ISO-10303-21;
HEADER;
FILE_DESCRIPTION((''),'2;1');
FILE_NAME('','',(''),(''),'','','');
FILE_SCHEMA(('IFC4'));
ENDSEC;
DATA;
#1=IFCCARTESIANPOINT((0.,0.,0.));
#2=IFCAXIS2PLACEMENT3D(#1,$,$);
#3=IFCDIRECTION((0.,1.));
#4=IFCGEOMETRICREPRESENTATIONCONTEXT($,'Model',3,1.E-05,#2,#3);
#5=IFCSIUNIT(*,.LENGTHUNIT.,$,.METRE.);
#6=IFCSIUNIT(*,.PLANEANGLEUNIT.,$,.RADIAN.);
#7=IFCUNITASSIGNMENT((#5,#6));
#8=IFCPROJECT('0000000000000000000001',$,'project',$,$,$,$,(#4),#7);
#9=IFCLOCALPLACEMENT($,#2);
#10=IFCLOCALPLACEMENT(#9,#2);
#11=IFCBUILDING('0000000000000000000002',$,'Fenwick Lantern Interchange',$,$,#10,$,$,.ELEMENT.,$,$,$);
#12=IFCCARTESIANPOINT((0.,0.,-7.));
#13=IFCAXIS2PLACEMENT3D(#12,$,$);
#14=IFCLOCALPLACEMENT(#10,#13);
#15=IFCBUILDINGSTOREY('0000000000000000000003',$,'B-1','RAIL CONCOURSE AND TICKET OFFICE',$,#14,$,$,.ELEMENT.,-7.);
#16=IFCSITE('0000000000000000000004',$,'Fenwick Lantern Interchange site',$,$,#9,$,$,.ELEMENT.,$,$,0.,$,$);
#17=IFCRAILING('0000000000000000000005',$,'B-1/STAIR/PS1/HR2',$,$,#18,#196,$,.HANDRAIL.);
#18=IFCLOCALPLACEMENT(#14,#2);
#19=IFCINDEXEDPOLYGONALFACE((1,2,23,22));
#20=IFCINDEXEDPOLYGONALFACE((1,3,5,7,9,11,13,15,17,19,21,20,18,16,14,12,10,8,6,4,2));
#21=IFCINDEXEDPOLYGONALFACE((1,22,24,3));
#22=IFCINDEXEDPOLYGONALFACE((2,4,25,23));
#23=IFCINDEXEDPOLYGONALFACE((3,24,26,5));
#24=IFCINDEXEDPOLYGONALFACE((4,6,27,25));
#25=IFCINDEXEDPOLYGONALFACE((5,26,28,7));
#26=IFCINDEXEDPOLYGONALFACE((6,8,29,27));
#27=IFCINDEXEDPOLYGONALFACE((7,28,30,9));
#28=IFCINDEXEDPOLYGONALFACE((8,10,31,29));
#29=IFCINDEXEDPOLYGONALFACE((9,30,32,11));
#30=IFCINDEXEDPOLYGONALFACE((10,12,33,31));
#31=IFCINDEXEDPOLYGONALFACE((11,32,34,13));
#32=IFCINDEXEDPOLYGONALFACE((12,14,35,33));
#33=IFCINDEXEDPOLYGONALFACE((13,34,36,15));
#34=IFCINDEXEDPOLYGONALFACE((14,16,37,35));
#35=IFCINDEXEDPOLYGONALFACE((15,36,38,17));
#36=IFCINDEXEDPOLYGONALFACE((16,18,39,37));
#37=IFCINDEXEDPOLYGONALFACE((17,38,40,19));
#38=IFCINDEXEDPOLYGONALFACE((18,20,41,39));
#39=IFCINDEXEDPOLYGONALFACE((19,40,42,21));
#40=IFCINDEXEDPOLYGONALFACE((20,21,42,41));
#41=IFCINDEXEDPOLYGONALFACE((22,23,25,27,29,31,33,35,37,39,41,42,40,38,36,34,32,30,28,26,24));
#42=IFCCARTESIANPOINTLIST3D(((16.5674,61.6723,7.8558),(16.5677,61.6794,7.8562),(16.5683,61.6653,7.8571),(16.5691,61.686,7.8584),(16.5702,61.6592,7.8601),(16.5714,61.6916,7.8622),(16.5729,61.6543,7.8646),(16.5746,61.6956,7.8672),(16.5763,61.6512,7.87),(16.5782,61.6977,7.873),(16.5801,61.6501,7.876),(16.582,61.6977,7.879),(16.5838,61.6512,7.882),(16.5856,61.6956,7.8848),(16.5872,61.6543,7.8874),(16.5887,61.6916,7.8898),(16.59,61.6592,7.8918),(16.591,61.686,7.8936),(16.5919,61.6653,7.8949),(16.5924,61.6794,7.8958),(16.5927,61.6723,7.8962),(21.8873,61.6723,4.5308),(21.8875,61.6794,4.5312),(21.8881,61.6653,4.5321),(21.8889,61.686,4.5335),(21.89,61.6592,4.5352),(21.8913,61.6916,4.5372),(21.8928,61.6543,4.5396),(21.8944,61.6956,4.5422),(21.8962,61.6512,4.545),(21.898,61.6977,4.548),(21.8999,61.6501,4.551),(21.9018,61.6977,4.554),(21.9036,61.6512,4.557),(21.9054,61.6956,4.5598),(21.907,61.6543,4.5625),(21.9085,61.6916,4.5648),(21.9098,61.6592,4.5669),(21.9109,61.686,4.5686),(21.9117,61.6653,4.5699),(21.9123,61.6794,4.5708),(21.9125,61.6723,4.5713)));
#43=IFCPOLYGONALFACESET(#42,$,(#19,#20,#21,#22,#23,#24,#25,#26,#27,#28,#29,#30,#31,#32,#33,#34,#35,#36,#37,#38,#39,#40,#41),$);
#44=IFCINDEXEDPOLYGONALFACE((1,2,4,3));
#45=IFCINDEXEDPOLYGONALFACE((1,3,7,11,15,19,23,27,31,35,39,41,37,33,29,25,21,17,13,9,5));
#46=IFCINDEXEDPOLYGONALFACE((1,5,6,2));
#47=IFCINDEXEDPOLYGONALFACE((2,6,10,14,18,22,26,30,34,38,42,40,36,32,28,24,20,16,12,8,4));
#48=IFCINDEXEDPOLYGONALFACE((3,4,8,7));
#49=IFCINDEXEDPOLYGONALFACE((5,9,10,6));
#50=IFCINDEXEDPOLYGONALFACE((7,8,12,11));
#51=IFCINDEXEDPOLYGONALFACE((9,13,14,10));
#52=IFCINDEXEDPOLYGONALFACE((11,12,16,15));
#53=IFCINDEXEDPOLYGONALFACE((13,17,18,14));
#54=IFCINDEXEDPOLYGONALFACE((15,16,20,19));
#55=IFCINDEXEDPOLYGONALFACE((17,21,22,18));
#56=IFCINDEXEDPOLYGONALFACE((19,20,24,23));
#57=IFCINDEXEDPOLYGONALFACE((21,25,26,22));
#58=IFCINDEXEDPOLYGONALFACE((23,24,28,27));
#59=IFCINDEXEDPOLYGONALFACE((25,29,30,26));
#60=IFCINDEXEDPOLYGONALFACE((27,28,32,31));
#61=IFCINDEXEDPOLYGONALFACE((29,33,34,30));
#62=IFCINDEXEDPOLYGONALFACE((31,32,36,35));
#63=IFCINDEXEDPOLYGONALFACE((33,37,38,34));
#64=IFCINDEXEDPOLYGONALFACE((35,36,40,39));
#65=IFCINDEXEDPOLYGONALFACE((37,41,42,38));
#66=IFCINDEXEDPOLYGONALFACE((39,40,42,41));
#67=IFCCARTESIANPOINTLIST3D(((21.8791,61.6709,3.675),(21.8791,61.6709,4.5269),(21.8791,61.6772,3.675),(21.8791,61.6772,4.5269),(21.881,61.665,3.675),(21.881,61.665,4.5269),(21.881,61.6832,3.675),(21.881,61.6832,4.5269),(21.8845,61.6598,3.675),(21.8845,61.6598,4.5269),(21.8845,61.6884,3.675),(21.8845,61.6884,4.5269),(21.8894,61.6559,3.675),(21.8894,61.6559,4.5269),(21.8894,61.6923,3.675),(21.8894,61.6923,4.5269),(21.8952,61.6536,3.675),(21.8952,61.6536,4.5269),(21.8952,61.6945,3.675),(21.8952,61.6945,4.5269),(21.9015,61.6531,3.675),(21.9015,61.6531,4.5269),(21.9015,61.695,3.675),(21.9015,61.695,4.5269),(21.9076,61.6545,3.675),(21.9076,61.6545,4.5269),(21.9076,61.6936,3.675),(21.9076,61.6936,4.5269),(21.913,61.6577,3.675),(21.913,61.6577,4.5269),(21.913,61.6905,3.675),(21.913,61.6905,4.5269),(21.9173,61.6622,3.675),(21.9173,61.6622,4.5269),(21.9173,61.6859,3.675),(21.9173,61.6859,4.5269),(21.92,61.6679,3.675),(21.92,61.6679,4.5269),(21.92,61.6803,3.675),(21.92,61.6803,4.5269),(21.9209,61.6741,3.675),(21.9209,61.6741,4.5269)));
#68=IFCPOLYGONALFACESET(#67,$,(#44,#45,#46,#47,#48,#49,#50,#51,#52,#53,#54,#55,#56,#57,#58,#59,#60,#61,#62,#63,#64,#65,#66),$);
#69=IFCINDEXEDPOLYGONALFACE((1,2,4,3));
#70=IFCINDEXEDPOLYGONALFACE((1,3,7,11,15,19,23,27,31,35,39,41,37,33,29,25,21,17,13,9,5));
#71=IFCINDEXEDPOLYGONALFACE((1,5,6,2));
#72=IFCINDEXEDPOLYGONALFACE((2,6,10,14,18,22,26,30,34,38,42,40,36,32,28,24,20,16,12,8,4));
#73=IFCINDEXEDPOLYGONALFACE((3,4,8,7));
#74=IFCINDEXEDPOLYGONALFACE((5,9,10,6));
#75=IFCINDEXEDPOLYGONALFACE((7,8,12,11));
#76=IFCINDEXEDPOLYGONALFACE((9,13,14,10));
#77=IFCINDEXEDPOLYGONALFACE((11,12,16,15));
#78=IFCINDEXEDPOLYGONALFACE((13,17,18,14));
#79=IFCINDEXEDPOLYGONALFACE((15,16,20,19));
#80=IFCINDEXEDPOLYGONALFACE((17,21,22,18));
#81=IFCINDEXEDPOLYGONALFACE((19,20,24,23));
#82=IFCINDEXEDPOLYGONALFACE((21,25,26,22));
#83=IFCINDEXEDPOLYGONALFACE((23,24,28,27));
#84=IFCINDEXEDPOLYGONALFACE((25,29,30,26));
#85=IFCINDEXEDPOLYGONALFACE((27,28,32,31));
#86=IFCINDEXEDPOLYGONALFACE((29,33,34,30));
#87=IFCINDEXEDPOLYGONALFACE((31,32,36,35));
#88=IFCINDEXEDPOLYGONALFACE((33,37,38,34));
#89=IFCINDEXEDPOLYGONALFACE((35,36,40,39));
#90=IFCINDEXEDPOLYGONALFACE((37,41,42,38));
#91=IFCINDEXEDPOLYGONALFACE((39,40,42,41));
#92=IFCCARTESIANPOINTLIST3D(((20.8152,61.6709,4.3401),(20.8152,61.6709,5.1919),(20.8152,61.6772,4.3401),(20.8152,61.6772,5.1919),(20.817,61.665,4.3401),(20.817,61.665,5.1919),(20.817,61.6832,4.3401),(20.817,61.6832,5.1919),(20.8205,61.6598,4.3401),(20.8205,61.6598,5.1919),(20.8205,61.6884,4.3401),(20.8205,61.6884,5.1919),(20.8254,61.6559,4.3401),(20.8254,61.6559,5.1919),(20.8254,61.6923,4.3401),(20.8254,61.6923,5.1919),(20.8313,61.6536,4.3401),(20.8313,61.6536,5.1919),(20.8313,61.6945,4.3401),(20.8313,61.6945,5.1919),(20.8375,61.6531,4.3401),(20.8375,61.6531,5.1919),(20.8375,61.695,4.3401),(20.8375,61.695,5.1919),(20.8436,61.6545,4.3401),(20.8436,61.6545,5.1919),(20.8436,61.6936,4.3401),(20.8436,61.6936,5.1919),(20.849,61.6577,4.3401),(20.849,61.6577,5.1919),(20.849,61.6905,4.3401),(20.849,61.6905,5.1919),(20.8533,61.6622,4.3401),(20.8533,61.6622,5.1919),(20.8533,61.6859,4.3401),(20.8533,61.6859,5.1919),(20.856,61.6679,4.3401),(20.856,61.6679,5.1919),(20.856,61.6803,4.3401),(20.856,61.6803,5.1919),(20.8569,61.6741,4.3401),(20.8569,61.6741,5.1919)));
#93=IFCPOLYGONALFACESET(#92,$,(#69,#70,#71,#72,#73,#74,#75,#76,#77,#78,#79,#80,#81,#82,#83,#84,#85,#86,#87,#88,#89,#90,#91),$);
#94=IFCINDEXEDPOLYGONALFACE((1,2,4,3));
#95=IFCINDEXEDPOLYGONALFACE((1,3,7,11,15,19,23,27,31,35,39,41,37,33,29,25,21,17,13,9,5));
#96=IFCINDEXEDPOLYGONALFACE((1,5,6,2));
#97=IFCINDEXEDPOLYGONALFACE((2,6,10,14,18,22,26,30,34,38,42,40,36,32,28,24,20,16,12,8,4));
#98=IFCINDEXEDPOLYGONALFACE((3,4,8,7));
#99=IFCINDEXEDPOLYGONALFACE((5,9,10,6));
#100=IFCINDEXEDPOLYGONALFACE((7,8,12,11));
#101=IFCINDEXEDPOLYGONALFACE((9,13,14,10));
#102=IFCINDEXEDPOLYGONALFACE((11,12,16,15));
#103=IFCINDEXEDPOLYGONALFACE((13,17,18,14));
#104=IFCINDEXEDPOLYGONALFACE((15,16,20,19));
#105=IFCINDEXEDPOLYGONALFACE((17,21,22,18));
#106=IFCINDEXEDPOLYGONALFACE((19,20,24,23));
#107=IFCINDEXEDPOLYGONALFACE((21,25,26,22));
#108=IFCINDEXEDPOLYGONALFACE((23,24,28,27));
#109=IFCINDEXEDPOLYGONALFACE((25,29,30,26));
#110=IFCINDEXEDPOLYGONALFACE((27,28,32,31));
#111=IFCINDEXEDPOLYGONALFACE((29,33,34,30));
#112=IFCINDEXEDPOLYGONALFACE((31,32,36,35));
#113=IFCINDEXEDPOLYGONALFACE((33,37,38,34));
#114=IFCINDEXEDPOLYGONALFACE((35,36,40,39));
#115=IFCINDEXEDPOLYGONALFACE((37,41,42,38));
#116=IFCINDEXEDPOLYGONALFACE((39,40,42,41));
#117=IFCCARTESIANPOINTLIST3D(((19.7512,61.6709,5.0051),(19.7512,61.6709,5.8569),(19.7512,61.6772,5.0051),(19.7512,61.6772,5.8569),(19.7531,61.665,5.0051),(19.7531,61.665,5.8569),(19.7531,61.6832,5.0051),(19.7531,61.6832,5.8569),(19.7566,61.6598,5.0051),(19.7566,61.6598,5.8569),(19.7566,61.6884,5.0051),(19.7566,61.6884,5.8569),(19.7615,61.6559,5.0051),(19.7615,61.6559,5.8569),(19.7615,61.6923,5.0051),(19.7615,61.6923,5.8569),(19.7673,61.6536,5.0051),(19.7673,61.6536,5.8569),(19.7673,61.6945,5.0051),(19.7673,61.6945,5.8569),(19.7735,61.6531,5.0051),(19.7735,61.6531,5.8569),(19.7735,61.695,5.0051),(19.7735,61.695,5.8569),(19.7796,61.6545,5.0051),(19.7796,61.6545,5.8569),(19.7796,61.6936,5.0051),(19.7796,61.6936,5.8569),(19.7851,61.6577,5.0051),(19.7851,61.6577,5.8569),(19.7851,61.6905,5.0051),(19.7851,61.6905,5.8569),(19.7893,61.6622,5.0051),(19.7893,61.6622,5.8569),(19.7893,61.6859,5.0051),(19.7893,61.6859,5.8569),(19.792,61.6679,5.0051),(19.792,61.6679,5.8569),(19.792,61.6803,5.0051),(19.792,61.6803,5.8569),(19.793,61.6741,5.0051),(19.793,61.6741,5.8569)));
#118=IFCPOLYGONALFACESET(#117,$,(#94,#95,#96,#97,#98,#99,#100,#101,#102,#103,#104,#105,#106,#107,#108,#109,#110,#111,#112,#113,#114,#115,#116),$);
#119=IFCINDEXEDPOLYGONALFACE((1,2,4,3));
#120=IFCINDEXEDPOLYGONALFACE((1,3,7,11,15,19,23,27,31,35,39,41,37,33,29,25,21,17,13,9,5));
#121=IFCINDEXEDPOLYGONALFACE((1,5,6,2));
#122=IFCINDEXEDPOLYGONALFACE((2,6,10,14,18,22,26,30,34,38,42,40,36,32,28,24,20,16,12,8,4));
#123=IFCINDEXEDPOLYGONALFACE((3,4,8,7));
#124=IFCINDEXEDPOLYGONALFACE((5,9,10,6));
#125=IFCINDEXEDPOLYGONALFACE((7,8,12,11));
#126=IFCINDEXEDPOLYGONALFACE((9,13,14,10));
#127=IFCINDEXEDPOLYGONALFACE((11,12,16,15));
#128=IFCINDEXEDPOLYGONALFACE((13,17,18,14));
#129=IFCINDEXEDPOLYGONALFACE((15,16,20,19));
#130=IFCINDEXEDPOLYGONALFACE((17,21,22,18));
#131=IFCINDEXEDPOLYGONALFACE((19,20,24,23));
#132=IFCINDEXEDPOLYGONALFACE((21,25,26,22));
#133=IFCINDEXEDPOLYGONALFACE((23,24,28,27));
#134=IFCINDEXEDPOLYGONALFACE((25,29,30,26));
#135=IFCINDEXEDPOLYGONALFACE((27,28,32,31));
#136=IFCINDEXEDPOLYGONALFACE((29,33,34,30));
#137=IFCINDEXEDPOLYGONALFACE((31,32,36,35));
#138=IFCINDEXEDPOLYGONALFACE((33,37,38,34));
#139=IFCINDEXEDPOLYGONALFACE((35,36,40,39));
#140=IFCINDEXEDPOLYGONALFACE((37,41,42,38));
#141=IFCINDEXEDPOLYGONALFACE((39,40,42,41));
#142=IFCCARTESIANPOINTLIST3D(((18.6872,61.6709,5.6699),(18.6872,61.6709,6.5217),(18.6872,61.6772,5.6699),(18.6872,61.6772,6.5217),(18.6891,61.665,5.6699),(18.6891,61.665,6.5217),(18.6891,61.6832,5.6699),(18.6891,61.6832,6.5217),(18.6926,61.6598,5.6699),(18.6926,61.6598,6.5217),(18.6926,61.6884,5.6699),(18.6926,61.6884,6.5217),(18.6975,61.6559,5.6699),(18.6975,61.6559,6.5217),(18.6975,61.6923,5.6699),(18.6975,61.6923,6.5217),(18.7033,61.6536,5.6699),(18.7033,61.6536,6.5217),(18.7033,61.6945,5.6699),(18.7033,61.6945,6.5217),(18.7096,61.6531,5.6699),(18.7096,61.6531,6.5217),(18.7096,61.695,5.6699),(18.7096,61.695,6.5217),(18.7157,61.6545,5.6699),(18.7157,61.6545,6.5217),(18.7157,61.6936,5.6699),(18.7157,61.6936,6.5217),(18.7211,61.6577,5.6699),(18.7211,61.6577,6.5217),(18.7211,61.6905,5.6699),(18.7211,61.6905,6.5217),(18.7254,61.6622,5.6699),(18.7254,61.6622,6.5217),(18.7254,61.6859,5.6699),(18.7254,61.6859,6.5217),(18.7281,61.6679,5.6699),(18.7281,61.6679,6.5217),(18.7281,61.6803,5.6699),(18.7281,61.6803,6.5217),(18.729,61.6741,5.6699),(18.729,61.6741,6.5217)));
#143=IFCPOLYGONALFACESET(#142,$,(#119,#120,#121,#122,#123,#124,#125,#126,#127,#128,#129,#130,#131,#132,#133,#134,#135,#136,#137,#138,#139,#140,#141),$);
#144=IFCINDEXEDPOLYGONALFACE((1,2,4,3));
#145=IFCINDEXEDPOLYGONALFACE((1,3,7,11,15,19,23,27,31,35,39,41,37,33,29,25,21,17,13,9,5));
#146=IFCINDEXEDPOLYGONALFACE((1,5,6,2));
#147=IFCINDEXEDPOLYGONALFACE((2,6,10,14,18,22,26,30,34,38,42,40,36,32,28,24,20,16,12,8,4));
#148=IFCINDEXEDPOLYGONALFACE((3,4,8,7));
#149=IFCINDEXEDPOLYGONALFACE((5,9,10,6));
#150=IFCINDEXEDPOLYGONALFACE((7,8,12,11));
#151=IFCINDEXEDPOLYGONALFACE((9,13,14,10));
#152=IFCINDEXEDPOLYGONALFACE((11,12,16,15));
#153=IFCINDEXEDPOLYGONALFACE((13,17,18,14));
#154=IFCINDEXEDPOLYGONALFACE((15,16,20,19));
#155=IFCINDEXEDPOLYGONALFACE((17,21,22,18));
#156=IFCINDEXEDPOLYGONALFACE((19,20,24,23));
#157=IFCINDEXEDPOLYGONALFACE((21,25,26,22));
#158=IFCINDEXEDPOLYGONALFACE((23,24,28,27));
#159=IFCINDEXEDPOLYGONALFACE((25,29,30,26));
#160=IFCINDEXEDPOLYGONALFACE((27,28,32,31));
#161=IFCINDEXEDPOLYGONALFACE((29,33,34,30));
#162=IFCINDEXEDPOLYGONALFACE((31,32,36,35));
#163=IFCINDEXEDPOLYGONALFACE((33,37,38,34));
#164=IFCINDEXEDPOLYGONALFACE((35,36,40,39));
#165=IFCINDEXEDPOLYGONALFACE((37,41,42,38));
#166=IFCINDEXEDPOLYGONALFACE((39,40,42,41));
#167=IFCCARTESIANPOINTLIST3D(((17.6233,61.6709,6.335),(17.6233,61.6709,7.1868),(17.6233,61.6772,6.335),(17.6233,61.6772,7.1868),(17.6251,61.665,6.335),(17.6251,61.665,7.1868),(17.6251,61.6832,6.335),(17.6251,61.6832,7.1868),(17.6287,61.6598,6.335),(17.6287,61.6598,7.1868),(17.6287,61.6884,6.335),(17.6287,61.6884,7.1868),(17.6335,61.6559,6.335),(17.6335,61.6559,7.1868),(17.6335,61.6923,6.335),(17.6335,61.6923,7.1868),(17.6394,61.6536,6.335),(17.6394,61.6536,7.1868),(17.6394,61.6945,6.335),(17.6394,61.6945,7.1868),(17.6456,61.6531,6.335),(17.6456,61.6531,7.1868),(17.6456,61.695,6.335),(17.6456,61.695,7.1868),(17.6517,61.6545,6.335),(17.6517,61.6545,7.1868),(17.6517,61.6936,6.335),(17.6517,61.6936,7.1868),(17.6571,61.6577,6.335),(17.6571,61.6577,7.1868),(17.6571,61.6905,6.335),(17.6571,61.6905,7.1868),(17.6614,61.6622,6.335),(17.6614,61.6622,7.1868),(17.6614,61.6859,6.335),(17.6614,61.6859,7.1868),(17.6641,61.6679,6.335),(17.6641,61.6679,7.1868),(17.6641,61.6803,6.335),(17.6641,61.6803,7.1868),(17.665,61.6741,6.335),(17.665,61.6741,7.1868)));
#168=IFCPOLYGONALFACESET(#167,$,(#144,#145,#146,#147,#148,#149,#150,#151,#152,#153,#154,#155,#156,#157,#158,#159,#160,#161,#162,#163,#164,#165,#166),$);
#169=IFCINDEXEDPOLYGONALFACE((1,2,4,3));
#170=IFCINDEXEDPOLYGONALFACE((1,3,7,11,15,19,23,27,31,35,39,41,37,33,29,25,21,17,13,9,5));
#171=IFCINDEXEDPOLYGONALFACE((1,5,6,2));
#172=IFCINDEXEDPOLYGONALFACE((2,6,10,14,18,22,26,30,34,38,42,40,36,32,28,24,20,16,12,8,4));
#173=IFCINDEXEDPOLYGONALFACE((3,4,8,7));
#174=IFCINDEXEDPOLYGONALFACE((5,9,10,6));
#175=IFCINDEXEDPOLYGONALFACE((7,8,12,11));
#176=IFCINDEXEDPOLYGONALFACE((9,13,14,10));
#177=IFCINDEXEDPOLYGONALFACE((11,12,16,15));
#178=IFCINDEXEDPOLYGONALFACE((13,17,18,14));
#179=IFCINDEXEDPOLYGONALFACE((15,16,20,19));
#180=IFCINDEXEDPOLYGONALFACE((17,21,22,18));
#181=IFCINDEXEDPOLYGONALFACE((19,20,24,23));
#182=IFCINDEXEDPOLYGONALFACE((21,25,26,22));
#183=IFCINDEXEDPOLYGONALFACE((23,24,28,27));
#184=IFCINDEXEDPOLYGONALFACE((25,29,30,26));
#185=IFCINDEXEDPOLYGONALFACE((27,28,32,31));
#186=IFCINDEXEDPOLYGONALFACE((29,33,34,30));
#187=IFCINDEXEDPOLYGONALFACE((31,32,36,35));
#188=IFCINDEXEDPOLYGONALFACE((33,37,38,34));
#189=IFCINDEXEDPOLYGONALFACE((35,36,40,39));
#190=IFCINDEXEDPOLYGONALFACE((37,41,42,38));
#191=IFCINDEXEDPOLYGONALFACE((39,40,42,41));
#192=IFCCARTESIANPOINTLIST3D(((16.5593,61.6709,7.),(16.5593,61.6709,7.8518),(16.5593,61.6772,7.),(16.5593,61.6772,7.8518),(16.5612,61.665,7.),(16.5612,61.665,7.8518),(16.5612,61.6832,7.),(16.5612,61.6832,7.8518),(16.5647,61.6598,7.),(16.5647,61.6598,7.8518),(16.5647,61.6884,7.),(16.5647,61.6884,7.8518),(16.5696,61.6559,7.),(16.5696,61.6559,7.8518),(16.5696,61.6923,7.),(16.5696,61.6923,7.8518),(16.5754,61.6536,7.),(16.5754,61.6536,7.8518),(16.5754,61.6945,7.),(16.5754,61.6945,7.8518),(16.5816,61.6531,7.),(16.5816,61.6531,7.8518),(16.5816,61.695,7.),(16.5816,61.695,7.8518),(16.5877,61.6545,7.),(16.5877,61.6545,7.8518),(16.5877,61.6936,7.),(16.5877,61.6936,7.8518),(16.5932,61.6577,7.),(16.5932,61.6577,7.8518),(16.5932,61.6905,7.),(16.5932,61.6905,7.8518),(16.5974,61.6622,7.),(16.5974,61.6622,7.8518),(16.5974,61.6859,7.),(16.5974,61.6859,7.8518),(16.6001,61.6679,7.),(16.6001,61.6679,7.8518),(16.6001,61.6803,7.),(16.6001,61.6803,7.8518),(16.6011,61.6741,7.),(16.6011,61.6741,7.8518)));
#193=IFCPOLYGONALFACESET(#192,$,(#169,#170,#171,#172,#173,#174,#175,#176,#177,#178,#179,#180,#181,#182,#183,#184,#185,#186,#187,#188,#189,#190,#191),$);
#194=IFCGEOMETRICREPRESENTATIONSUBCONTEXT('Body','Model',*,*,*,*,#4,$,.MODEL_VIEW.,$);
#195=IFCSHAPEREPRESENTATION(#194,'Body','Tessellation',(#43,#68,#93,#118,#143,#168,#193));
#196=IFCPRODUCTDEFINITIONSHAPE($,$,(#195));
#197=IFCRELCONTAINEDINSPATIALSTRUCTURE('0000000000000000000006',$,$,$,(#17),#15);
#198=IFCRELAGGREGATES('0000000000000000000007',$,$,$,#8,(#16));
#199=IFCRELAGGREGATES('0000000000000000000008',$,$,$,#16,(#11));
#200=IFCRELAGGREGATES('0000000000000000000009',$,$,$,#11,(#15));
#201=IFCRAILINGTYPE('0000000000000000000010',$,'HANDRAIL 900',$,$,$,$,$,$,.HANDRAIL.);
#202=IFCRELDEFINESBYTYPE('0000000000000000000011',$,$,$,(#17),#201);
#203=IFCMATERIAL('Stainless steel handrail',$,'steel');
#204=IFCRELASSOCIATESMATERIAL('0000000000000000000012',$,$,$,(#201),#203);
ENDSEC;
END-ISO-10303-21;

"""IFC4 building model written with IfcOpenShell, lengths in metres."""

from ifc_helpers import new_model, si_unit, direction, frame, origin, origin_2d, place, context, subcontext, project, spatial, circle, extrude, material, type_object, element, save


model = new_model("IFC4")

# Units and contexts
model_context = context("Model", 3, precision=1e-05, world=origin(), true_north=direction((0.0, 1.0)))
body_context = subcontext(model_context, "Body", "Model", "MODEL_VIEW")
ifc_project = project(units=[si_unit("LENGTHUNIT", "METRE"), si_unit("PLANEANGLEUNIT", "RADIAN")], contexts=[model_context])

# Site, building, storey
site_placement = place(None, origin())
site = spatial("IfcSite", under=ifc_project, at=site_placement, Name="Fenwick Lantern Interchange site", CompositionType="ELEMENT", RefElevation=0.0)
building_placement = place(site_placement, origin())
building = spatial("IfcBuilding", under=site, at=building_placement, Name="Fenwick Lantern Interchange", CompositionType="ELEMENT")
storey_placement = place(building_placement, frame((0.0, 0.0, -7.0)))
storey = spatial("IfcBuildingStorey", under=building, at=storey_placement, Name="B-1", Description="RAIL CONCOURSE AND TICKET OFFICE", CompositionType="ELEMENT", Elevation=-7.0)

# Railing
ifc_material_1 = material(Name="Stainless steel handrail", Category="steel")
railing_type = type_object("IfcRailingType", Name="HANDRAIL 900", PredefinedType="HANDRAIL", material=ifc_material_1)
railing_1_placement = place(storey_placement, frame((21.8999, 61.6741, 3.675)))
element("IfcRailing", 1, at=railing_1_placement, inside=storey, type_object=railing_type, Name="B-1/STAIR/PS1/HR2", PredefinedType="HANDRAIL", context=body_context, shape_type="SweptSolid", body=[
    extrude(circle(Radius=0.0239, at=origin_2d()), frame((0.0, 0.0, 0.876), z_axis=(-0.847994, 0.0, 0.530006), x_axis=(0.0, -1.0, 0.0)), (0.0, 0.0, 1.0), 6.2734),
    extrude(circle(Radius=0.021, at=origin_2d()), origin(), (0.0, 0.0, 1.0), 0.8518),
    extrude(circle(Radius=0.021, at=origin_2d()), frame((-1.064, 0.0, 0.665)), (0.0, 0.0, 1.0), 0.8518),
    extrude(circle(Radius=0.021, at=origin_2d()), frame((-2.1279, 0.0, 1.3301)), (0.0, 0.0, 1.0), 0.8518),
    extrude(circle(Radius=0.021, at=origin_2d()), frame((-3.1919, 0.0, 1.9949)), (0.0, 0.0, 1.0), 0.8518),
    extrude(circle(Radius=0.021, at=origin_2d()), frame((-4.2559, 0.0, 2.6599)), (0.0, 0.0, 1.0), 0.8518),
    extrude(circle(Radius=0.021, at=origin_2d()), frame((-5.3198, 0.0, 3.325)), (0.0, 0.0, 1.0), 0.8518),
])

save(model, "model.ifc")
